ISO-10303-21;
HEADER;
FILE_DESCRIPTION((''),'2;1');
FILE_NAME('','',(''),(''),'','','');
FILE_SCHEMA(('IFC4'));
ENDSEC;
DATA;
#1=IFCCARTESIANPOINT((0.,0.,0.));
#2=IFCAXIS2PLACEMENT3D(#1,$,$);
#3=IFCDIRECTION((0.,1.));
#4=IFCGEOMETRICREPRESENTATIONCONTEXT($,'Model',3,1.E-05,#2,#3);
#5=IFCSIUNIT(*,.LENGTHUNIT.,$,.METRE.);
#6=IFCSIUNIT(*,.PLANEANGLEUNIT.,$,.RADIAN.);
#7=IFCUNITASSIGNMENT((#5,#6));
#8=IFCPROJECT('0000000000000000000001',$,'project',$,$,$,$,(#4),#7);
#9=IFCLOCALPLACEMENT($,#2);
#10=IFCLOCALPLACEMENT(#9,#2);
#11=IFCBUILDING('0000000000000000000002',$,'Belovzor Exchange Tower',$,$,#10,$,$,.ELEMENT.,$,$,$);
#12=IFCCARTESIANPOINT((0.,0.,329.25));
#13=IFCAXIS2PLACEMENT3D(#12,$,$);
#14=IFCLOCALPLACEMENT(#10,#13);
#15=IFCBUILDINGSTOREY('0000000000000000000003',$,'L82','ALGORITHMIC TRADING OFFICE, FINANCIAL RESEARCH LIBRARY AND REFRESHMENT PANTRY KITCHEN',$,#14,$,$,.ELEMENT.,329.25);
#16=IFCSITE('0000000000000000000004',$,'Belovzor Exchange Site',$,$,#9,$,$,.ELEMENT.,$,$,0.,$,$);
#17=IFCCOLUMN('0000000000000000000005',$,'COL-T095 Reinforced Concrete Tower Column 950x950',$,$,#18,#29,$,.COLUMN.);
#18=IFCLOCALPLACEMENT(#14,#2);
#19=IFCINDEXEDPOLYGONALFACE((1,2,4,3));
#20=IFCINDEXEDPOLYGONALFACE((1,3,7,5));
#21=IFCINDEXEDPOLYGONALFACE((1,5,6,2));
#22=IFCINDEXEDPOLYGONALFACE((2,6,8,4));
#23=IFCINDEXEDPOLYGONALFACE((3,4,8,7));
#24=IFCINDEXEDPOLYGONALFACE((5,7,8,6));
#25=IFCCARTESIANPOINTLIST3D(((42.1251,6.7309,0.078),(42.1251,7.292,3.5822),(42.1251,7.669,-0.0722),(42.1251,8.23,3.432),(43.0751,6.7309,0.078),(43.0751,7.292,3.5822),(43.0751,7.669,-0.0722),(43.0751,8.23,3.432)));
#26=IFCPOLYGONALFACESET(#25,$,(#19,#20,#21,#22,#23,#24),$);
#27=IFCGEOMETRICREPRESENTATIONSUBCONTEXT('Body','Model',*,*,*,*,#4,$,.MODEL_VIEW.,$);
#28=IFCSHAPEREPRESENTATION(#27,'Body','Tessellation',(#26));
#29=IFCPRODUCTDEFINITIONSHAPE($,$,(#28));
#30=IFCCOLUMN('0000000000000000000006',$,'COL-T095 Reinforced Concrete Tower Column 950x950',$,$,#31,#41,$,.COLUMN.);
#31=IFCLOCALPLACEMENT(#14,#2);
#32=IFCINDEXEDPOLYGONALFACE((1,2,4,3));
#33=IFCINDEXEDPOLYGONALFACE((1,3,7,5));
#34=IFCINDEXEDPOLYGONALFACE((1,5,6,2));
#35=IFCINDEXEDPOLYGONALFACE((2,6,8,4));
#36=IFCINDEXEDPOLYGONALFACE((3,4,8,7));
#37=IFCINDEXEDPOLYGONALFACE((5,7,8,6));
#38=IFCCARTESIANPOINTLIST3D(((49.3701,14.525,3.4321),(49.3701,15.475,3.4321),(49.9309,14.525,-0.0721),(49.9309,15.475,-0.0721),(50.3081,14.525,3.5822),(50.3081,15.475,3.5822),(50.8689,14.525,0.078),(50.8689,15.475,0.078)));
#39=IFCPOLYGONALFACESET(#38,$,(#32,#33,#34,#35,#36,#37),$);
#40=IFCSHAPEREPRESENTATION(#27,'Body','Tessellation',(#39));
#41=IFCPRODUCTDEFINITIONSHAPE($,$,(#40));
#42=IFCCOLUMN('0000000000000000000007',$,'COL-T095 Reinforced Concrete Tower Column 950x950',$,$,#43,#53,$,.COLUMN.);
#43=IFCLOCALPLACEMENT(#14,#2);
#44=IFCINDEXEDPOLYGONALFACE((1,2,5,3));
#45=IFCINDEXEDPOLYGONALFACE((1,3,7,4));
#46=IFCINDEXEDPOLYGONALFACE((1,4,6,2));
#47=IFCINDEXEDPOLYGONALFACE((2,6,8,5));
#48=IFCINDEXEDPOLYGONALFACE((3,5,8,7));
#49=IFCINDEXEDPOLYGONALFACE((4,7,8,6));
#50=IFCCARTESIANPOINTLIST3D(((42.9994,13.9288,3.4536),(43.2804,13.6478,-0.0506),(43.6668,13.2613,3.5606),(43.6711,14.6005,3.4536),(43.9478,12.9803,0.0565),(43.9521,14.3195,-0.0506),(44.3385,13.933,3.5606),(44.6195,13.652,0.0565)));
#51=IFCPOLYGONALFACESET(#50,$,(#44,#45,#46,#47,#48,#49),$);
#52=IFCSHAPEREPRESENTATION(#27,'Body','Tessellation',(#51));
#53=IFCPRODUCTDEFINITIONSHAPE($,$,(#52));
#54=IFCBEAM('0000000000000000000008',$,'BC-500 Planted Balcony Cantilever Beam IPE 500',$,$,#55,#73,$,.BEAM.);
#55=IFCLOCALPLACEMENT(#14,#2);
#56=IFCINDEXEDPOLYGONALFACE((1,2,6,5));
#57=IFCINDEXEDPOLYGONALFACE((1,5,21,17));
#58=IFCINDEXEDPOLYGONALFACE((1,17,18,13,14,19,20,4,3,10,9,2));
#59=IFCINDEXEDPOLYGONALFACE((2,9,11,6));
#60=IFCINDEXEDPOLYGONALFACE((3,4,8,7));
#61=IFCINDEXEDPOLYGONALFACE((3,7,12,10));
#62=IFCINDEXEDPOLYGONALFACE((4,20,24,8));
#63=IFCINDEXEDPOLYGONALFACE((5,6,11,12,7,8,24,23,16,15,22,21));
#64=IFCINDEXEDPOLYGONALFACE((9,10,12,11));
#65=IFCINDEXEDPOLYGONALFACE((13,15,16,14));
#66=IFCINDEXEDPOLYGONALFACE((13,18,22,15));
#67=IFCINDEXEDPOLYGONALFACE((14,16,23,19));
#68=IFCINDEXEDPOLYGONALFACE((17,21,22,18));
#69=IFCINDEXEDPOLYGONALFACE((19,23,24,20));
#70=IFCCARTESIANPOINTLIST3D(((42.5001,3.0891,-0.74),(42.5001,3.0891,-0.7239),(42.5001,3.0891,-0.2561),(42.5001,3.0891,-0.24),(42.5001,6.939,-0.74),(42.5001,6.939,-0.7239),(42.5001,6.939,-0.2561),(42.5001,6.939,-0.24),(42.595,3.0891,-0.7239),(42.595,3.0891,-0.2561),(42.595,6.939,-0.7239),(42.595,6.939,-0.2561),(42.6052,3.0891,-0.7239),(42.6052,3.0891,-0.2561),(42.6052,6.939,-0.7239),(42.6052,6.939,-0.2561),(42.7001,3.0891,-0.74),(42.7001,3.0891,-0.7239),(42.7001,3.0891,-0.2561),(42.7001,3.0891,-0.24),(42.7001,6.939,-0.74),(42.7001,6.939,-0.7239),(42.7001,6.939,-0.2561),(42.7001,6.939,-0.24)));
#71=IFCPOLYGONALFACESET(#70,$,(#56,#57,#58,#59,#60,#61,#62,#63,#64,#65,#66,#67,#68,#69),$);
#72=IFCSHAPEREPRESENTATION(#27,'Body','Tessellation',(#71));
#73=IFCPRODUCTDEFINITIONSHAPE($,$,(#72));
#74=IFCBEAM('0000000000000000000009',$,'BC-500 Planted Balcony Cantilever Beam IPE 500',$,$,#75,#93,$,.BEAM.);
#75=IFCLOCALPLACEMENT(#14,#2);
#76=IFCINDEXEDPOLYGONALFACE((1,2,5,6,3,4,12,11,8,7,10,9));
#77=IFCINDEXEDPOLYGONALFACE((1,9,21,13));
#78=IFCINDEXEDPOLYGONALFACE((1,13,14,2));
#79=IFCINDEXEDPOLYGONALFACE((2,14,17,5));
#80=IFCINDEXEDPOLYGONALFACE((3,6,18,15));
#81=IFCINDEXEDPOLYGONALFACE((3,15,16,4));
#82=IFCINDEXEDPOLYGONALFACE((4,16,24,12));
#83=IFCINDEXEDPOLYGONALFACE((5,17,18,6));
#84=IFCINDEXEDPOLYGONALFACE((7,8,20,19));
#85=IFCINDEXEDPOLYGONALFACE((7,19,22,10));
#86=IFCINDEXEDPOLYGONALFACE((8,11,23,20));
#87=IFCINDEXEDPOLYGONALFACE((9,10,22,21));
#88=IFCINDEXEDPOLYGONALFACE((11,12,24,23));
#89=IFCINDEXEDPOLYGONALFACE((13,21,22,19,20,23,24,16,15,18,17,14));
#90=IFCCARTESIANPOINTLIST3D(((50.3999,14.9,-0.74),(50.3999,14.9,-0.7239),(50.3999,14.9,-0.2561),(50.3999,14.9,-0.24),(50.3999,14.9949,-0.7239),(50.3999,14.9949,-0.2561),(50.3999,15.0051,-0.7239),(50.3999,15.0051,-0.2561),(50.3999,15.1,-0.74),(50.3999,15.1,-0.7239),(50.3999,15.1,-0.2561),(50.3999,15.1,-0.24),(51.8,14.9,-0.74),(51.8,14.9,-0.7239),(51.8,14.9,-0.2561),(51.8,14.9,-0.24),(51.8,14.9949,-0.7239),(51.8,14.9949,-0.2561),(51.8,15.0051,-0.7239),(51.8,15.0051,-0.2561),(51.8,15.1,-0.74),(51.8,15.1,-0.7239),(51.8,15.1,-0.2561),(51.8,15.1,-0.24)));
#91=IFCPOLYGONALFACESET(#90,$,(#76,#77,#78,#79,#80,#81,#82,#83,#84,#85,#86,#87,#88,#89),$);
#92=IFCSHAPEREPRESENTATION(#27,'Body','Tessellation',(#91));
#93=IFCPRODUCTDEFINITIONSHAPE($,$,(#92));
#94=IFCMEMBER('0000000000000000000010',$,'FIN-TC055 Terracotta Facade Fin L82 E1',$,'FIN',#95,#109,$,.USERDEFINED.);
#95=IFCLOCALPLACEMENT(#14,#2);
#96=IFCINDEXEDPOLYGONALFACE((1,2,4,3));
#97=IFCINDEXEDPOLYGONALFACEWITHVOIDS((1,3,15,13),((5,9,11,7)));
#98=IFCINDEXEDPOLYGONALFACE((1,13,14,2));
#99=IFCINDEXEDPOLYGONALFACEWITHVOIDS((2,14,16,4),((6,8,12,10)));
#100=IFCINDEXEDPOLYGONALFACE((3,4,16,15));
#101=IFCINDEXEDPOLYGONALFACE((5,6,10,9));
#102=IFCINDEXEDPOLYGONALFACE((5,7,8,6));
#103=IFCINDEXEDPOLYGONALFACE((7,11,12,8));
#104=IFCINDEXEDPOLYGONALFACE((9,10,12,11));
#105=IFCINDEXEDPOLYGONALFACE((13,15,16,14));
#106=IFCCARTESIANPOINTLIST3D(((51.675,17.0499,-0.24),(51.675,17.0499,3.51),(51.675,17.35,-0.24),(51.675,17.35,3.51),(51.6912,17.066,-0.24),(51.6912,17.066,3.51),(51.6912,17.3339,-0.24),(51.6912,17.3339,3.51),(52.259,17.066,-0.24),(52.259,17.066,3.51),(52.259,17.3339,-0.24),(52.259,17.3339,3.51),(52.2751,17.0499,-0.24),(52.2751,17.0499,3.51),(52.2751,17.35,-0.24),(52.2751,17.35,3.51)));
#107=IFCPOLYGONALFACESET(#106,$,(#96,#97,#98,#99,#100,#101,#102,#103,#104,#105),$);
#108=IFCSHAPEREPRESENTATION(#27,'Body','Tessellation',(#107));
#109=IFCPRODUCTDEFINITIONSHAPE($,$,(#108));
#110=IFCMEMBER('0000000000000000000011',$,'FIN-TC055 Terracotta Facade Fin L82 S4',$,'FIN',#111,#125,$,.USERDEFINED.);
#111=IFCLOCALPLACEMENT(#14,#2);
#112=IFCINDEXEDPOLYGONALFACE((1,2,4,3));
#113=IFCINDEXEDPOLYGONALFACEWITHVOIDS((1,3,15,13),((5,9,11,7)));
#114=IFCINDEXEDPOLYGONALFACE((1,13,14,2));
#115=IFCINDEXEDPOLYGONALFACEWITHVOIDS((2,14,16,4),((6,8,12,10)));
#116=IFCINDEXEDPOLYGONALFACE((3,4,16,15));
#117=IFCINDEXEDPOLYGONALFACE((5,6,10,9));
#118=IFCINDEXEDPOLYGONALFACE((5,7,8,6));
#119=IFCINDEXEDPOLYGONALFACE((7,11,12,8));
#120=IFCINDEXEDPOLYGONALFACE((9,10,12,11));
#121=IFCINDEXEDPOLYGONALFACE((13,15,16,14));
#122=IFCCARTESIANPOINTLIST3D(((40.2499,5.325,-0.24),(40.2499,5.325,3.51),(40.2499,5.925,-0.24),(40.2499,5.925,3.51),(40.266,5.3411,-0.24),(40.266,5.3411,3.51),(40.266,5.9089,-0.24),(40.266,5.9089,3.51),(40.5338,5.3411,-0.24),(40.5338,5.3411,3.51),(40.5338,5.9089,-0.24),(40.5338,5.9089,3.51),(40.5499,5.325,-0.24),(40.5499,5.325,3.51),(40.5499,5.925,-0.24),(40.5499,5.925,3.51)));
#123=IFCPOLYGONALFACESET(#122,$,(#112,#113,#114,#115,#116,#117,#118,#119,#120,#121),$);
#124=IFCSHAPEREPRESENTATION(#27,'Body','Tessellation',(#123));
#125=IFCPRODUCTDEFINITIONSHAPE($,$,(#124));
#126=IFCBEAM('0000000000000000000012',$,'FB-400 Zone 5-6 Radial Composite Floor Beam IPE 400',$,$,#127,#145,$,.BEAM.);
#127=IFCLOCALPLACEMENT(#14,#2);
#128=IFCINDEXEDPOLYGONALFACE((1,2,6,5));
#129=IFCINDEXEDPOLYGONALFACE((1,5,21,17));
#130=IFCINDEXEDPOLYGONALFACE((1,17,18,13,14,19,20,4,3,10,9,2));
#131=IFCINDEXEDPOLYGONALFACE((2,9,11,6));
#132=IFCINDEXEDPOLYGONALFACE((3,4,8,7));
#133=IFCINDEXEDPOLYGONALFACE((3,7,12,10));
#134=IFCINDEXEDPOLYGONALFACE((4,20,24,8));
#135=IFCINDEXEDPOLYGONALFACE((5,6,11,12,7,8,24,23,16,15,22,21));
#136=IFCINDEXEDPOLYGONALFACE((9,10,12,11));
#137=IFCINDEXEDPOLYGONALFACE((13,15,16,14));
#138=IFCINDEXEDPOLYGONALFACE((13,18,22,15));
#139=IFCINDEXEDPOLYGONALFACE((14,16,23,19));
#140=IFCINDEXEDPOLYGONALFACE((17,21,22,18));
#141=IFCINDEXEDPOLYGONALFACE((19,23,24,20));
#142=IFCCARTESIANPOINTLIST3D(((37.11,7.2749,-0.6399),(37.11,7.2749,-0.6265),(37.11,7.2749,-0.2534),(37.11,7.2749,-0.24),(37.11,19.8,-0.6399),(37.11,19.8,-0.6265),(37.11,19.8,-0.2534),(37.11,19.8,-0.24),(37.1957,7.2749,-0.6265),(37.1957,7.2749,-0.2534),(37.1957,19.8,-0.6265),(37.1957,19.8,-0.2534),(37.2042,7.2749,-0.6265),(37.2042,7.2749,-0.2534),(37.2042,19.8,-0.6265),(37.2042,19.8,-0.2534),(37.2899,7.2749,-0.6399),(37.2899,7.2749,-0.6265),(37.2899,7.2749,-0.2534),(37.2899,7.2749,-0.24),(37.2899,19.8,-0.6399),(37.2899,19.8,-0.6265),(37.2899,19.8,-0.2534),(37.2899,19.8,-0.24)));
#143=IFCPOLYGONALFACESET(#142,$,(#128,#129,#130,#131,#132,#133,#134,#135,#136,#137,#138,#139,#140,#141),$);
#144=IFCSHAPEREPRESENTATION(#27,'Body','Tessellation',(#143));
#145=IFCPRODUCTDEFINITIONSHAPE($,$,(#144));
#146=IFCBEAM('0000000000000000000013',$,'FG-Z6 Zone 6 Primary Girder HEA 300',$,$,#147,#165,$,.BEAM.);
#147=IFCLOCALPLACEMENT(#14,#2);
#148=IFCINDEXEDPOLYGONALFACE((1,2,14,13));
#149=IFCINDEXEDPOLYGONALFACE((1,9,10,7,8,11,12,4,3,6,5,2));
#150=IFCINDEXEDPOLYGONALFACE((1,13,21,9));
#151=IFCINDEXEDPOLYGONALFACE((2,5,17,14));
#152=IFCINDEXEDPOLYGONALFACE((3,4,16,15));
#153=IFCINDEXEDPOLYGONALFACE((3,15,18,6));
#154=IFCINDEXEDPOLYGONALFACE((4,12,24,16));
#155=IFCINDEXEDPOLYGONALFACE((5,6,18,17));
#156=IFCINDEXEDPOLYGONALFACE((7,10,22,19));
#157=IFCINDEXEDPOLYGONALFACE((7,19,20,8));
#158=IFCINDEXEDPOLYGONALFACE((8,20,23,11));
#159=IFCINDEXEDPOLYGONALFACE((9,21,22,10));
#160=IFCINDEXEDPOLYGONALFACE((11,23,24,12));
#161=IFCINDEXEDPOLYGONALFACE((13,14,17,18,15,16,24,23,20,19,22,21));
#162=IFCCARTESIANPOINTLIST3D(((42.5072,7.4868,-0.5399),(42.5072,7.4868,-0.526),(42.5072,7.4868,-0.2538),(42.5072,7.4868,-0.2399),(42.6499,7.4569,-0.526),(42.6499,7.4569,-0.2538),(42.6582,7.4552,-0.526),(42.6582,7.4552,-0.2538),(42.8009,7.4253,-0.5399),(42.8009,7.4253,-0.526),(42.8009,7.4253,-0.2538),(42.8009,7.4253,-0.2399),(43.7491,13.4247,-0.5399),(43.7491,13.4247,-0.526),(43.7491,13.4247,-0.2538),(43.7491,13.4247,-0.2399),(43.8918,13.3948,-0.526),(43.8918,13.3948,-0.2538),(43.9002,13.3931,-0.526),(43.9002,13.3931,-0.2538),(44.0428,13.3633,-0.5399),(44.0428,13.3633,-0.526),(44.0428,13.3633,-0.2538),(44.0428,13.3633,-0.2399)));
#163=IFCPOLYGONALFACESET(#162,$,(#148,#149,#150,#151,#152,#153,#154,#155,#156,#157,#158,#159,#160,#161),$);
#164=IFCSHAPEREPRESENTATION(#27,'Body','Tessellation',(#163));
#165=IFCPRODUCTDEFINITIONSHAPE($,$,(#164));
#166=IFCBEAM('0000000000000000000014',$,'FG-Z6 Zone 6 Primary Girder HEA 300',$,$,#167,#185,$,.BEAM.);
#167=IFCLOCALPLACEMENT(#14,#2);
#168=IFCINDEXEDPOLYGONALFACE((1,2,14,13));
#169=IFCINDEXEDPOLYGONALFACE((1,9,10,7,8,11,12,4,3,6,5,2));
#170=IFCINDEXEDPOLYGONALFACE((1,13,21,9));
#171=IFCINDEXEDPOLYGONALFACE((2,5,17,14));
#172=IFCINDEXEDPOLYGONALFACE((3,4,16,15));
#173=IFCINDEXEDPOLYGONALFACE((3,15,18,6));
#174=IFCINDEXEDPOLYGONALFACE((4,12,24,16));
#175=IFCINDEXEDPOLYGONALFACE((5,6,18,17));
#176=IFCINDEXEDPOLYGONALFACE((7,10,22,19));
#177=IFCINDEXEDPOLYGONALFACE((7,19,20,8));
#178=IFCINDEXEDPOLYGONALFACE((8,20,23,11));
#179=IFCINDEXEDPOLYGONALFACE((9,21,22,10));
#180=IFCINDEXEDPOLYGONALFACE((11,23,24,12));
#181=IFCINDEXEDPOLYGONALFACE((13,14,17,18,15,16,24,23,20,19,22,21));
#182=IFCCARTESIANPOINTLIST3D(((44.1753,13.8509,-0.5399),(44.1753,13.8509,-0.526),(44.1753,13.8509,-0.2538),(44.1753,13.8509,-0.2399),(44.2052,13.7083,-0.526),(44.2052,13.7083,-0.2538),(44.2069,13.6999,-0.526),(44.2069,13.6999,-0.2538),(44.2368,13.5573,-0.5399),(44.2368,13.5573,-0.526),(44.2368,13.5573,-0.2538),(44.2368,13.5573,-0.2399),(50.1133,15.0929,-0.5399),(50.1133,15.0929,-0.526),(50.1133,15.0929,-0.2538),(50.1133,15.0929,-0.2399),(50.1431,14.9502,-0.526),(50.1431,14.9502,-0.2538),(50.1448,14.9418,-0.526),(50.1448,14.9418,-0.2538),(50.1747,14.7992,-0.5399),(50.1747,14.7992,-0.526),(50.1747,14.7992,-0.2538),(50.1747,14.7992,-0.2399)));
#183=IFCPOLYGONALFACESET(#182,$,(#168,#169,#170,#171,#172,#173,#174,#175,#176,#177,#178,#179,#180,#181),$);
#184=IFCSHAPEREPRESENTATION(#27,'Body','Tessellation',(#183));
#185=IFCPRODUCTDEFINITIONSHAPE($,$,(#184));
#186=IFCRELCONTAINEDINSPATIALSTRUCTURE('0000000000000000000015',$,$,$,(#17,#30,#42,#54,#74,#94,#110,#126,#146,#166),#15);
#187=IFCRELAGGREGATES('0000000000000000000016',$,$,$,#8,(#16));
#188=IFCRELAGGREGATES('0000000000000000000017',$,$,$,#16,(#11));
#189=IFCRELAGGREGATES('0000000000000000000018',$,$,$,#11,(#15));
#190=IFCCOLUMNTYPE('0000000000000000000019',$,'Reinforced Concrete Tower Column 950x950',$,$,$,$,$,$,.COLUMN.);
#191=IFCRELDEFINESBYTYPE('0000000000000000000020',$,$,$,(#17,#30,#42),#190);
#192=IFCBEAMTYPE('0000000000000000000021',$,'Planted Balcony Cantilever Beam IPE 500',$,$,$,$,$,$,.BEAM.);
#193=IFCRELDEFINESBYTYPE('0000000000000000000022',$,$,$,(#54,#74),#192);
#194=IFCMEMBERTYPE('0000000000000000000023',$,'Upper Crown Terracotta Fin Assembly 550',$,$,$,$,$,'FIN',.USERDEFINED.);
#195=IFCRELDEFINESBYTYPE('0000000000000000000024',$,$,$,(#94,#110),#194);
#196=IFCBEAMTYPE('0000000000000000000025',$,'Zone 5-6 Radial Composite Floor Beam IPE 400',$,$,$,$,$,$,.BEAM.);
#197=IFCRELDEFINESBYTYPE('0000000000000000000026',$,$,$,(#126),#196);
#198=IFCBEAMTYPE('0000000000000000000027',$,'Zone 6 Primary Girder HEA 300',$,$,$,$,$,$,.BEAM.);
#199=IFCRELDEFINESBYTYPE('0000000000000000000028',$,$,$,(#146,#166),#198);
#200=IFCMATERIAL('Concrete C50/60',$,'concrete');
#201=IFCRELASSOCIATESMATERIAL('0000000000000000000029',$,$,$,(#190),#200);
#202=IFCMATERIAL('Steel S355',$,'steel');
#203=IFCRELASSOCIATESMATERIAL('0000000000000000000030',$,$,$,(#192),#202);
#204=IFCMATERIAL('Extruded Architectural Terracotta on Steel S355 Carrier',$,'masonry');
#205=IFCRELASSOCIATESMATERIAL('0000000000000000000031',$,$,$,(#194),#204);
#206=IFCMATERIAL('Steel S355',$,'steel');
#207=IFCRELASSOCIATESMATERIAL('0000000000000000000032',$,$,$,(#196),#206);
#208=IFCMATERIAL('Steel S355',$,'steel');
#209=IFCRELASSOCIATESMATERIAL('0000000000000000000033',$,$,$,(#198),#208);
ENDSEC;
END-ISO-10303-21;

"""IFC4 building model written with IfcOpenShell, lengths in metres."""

from ifc_helpers import new_model, si_unit, direction, frame, origin, origin_2d, place, context, subcontext, project, spatial, rectangle, hollow_rectangle, i_section, extrude, material, material_profile, profile_set, type_object, element, save


model = new_model("IFC4")

# Units and contexts
model_context = context("Model", 3, precision=1e-05, world=origin(), true_north=direction((0.0, 1.0)))
body_context = subcontext(model_context, "Body", "Model", "MODEL_VIEW")
ifc_project = project(units=[si_unit("LENGTHUNIT", "METRE"), si_unit("PLANEANGLEUNIT", "RADIAN")], contexts=[model_context])

# Site, building, storey
site_placement = place(None, origin())
site = spatial("IfcSite", under=ifc_project, at=site_placement, Name="Belovzor Exchange Site", CompositionType="ELEMENT", RefElevation=0.0)
building_placement = place(site_placement, origin())
building = spatial("IfcBuilding", under=site, at=building_placement, Name="Belovzor Exchange Tower", CompositionType="ELEMENT")
storey_placement = place(building_placement, frame((0.0, 0.0, 329.25)))
storey = spatial("IfcBuildingStorey", under=building, at=storey_placement, Name="L82", Description="ALGORITHMIC TRADING OFFICE, FINANCIAL RESEARCH LIBRARY AND REFRESHMENT PANTRY KITCHEN", CompositionType="ELEMENT", Elevation=329.25)

# Columns
ifc_material_1 = material(Name="Concrete C50/60", Category="concrete")
ifc_material_profile_1 = material_profile(ifc_material_1, rectangle(XDim=0.95, YDim=0.95, at=origin_2d()))
ifc_profile_set_1 = profile_set([ifc_material_profile_1], Name="Concrete C50/60")
column_type = type_object("IfcColumnType", Name="Reinforced Concrete Tower Column 950x950", PredefinedType="COLUMN", material=ifc_profile_set_1)
for number, where, z_axis, x_axis, name in (
    (1, (42.6001, 7.2, 0.0029), (0.0, 0.158092, 0.987424), (-1.0, 0.0, 0.0), "COL-T095 Reinforced Concrete Tower Column 950x950"),
    (2, (50.3999, 15.0, 0.0029), (-0.158025, 0.0, 0.987435), (0.0, -1.0, 0.0), "COL-T095 Reinforced Concrete Tower Column 950x950"),
):
    element("IfcColumn", number, at=place(storey_placement, frame(where, z_axis=z_axis, x_axis=x_axis)), inside=storey, type_object=column_type, Name=name, PredefinedType="COLUMN", context=body_context, shape_type="SweptSolid", body=[
        extrude(rectangle(XDim=0.95, YDim=0.95, at=origin_2d()), origin(), (0.0, 0.0, 1.0), 3.5488),
    ])
column_placement = place(storey_placement, frame((43.95, 13.6499, 0.0029), z_axis=(-0.079682, 0.079682, 0.993631), x_axis=(-0.707107, -0.707107, 0.0)))
element("IfcColumn", 3, at=column_placement, inside=storey, type_object=column_type, Name="COL-T095 Reinforced Concrete Tower Column 950x950", PredefinedType="COLUMN", context=body_context, shape_type="SweptSolid", body=[
    extrude(rectangle(XDim=0.95, YDim=0.95, at=origin_2d()), origin(), (0.0, 0.0, 1.0), 3.5266),
])

# Beams
ifc_material_2 = material(Name="Steel S355", Category="steel")
ifc_material_profile_2 = material_profile(ifc_material_2, i_section(OverallWidth=0.2, OverallDepth=0.5, WebThickness=0.0103, FlangeThickness=0.0161, at=origin_2d()))
ifc_profile_set_2 = profile_set([ifc_material_profile_2], Name="Steel S355")
beam_type_1 = type_object("IfcBeamType", Name="Planted Balcony Cantilever Beam IPE 500", PredefinedType="BEAM", material=ifc_profile_set_2)
beam_1_placement = place(storey_placement, frame((42.6001, 6.939, -0.49), z_axis=(0.0, -1.0, 0.0), x_axis=(1.0, 0.0, 0.0)))
element("IfcBeam", 4, at=beam_1_placement, inside=storey, type_object=beam_type_1, Name="BC-500 Planted Balcony Cantilever Beam IPE 500", PredefinedType="BEAM", context=body_context, shape_type="SweptSolid", body=[
    extrude(i_section(OverallWidth=0.2, OverallDepth=0.5, WebThickness=0.0103, FlangeThickness=0.0161, at=origin_2d()), origin(), (0.0, 0.0, 1.0), 3.8499),
])
beam_2_placement = place(storey_placement, frame((50.3999, 15.0, -0.49), z_axis=(1.0, 0.0, 0.0), x_axis=(0.0, 1.0, 0.0)))
element("IfcBeam", 5, at=beam_2_placement, inside=storey, type_object=beam_type_1, Name="BC-500 Planted Balcony Cantilever Beam IPE 500", PredefinedType="BEAM", context=body_context, shape_type="SweptSolid", body=[
    extrude(i_section(OverallWidth=0.2, OverallDepth=0.5, WebThickness=0.0103, FlangeThickness=0.0161, at=origin_2d()), origin(), (0.0, 0.0, 1.0), 1.4001),
])

# Members
ifc_material_3 = material(Name="Extruded Architectural Terracotta on Steel S355 Carrier", Category="masonry")
ifc_material_profile_3 = material_profile(ifc_material_3, hollow_rectangle(XDim=0.3, YDim=0.6001, WallThickness=0.0161, at=origin_2d()))
ifc_profile_set_3 = profile_set([ifc_material_profile_3], Name="Extruded Architectural Terracotta on Steel S355 Carrier")
member_type = type_object("IfcMemberType", Name="Upper Crown Terracotta Fin Assembly 550", ElementType="FIN", PredefinedType="USERDEFINED", material=ifc_profile_set_3)
for number, where, z_axis, x_axis, name in (
    (6, (51.9751, 17.2, -0.24), (0.0, 0.0, 1.0), (0.0, 1.0, 0.0), "FIN-TC055 Terracotta Facade Fin L82 E1"),
    (7, (40.3999, 5.625, -0.24), (0.0, 0.0, 1.0), (1.0, 0.0, 0.0), "FIN-TC055 Terracotta Facade Fin L82 S4"),
):
    element("IfcMember", number, at=place(storey_placement, frame(where, z_axis=z_axis, x_axis=x_axis)), inside=storey, type_object=member_type, Name=name, ObjectType="FIN", PredefinedType="USERDEFINED", context=body_context, shape_type="SweptSolid", body=[
        extrude(hollow_rectangle(XDim=0.3, YDim=0.6001, WallThickness=0.0161, at=origin_2d()), origin(), (0.0, 0.0, 1.0), 3.75),
    ])

# Beams
ifc_material_4 = material(Name="Steel S355", Category="steel")
ifc_material_profile_4 = material_profile(ifc_material_4, i_section(OverallWidth=0.1799, OverallDepth=0.3999, WebThickness=0.0085, FlangeThickness=0.0134, at=origin_2d()))
ifc_profile_set_4 = profile_set([ifc_material_profile_4], Name="Steel S355")
beam_type_2 = type_object("IfcBeamType", Name="Zone 5-6 Radial Composite Floor Beam IPE 400", PredefinedType="BEAM", material=ifc_profile_set_4)
beam_3_placement = place(storey_placement, frame((37.2, 19.8, -0.4399), z_axis=(0.0, -1.0, 0.0), x_axis=(1.0, 0.0, 0.0)))
element("IfcBeam", 8, at=beam_3_placement, inside=storey, type_object=beam_type_2, Name="FB-400 Zone 5-6 Radial Composite Floor Beam IPE 400", PredefinedType="BEAM", context=body_context, shape_type="SweptSolid", body=[
    extrude(i_section(OverallWidth=0.1799, OverallDepth=0.3999, WebThickness=0.0085, FlangeThickness=0.0134, at=origin_2d()), origin(), (0.0, 0.0, 1.0), 12.5251),
])
ifc_material_5 = material(Name="Steel S355", Category="steel")
ifc_material_profile_5 = material_profile(ifc_material_5, i_section(OverallWidth=0.3, OverallDepth=0.3, WebThickness=0.0085, FlangeThickness=0.0139, at=origin_2d()))
ifc_profile_set_5 = profile_set([ifc_material_profile_5], Name="Steel S355")
beam_type_3 = type_object("IfcBeamType", Name="Zone 6 Primary Girder HEA 300", PredefinedType="BEAM", material=ifc_profile_set_5)
for number, where, z_axis, x_axis, name in (
    (9, (42.6541, 7.4561, -0.3899), (0.204722, 0.97882, 0.0), (-0.97882, 0.204722, 0.0), "FG-Z6 Zone 6 Primary Girder HEA 300"),
    (10, (44.2061, 13.7041, -0.3899), (0.97882, 0.204722, 0.0), (-0.204722, 0.97882, 0.0), "FG-Z6 Zone 6 Primary Girder HEA 300"),
):
    element("IfcBeam", number, at=place(storey_placement, frame(where, z_axis=z_axis, x_axis=x_axis)), inside=storey, type_object=beam_type_3, Name=name, PredefinedType="BEAM", context=body_context, shape_type="SweptSolid", body=[
        extrude(i_section(OverallWidth=0.3, OverallDepth=0.3, WebThickness=0.0085, FlangeThickness=0.0139, at=origin_2d()), origin(), (0.0, 0.0, 1.0), 6.0664),
    ])

save(model, "model.ifc")
